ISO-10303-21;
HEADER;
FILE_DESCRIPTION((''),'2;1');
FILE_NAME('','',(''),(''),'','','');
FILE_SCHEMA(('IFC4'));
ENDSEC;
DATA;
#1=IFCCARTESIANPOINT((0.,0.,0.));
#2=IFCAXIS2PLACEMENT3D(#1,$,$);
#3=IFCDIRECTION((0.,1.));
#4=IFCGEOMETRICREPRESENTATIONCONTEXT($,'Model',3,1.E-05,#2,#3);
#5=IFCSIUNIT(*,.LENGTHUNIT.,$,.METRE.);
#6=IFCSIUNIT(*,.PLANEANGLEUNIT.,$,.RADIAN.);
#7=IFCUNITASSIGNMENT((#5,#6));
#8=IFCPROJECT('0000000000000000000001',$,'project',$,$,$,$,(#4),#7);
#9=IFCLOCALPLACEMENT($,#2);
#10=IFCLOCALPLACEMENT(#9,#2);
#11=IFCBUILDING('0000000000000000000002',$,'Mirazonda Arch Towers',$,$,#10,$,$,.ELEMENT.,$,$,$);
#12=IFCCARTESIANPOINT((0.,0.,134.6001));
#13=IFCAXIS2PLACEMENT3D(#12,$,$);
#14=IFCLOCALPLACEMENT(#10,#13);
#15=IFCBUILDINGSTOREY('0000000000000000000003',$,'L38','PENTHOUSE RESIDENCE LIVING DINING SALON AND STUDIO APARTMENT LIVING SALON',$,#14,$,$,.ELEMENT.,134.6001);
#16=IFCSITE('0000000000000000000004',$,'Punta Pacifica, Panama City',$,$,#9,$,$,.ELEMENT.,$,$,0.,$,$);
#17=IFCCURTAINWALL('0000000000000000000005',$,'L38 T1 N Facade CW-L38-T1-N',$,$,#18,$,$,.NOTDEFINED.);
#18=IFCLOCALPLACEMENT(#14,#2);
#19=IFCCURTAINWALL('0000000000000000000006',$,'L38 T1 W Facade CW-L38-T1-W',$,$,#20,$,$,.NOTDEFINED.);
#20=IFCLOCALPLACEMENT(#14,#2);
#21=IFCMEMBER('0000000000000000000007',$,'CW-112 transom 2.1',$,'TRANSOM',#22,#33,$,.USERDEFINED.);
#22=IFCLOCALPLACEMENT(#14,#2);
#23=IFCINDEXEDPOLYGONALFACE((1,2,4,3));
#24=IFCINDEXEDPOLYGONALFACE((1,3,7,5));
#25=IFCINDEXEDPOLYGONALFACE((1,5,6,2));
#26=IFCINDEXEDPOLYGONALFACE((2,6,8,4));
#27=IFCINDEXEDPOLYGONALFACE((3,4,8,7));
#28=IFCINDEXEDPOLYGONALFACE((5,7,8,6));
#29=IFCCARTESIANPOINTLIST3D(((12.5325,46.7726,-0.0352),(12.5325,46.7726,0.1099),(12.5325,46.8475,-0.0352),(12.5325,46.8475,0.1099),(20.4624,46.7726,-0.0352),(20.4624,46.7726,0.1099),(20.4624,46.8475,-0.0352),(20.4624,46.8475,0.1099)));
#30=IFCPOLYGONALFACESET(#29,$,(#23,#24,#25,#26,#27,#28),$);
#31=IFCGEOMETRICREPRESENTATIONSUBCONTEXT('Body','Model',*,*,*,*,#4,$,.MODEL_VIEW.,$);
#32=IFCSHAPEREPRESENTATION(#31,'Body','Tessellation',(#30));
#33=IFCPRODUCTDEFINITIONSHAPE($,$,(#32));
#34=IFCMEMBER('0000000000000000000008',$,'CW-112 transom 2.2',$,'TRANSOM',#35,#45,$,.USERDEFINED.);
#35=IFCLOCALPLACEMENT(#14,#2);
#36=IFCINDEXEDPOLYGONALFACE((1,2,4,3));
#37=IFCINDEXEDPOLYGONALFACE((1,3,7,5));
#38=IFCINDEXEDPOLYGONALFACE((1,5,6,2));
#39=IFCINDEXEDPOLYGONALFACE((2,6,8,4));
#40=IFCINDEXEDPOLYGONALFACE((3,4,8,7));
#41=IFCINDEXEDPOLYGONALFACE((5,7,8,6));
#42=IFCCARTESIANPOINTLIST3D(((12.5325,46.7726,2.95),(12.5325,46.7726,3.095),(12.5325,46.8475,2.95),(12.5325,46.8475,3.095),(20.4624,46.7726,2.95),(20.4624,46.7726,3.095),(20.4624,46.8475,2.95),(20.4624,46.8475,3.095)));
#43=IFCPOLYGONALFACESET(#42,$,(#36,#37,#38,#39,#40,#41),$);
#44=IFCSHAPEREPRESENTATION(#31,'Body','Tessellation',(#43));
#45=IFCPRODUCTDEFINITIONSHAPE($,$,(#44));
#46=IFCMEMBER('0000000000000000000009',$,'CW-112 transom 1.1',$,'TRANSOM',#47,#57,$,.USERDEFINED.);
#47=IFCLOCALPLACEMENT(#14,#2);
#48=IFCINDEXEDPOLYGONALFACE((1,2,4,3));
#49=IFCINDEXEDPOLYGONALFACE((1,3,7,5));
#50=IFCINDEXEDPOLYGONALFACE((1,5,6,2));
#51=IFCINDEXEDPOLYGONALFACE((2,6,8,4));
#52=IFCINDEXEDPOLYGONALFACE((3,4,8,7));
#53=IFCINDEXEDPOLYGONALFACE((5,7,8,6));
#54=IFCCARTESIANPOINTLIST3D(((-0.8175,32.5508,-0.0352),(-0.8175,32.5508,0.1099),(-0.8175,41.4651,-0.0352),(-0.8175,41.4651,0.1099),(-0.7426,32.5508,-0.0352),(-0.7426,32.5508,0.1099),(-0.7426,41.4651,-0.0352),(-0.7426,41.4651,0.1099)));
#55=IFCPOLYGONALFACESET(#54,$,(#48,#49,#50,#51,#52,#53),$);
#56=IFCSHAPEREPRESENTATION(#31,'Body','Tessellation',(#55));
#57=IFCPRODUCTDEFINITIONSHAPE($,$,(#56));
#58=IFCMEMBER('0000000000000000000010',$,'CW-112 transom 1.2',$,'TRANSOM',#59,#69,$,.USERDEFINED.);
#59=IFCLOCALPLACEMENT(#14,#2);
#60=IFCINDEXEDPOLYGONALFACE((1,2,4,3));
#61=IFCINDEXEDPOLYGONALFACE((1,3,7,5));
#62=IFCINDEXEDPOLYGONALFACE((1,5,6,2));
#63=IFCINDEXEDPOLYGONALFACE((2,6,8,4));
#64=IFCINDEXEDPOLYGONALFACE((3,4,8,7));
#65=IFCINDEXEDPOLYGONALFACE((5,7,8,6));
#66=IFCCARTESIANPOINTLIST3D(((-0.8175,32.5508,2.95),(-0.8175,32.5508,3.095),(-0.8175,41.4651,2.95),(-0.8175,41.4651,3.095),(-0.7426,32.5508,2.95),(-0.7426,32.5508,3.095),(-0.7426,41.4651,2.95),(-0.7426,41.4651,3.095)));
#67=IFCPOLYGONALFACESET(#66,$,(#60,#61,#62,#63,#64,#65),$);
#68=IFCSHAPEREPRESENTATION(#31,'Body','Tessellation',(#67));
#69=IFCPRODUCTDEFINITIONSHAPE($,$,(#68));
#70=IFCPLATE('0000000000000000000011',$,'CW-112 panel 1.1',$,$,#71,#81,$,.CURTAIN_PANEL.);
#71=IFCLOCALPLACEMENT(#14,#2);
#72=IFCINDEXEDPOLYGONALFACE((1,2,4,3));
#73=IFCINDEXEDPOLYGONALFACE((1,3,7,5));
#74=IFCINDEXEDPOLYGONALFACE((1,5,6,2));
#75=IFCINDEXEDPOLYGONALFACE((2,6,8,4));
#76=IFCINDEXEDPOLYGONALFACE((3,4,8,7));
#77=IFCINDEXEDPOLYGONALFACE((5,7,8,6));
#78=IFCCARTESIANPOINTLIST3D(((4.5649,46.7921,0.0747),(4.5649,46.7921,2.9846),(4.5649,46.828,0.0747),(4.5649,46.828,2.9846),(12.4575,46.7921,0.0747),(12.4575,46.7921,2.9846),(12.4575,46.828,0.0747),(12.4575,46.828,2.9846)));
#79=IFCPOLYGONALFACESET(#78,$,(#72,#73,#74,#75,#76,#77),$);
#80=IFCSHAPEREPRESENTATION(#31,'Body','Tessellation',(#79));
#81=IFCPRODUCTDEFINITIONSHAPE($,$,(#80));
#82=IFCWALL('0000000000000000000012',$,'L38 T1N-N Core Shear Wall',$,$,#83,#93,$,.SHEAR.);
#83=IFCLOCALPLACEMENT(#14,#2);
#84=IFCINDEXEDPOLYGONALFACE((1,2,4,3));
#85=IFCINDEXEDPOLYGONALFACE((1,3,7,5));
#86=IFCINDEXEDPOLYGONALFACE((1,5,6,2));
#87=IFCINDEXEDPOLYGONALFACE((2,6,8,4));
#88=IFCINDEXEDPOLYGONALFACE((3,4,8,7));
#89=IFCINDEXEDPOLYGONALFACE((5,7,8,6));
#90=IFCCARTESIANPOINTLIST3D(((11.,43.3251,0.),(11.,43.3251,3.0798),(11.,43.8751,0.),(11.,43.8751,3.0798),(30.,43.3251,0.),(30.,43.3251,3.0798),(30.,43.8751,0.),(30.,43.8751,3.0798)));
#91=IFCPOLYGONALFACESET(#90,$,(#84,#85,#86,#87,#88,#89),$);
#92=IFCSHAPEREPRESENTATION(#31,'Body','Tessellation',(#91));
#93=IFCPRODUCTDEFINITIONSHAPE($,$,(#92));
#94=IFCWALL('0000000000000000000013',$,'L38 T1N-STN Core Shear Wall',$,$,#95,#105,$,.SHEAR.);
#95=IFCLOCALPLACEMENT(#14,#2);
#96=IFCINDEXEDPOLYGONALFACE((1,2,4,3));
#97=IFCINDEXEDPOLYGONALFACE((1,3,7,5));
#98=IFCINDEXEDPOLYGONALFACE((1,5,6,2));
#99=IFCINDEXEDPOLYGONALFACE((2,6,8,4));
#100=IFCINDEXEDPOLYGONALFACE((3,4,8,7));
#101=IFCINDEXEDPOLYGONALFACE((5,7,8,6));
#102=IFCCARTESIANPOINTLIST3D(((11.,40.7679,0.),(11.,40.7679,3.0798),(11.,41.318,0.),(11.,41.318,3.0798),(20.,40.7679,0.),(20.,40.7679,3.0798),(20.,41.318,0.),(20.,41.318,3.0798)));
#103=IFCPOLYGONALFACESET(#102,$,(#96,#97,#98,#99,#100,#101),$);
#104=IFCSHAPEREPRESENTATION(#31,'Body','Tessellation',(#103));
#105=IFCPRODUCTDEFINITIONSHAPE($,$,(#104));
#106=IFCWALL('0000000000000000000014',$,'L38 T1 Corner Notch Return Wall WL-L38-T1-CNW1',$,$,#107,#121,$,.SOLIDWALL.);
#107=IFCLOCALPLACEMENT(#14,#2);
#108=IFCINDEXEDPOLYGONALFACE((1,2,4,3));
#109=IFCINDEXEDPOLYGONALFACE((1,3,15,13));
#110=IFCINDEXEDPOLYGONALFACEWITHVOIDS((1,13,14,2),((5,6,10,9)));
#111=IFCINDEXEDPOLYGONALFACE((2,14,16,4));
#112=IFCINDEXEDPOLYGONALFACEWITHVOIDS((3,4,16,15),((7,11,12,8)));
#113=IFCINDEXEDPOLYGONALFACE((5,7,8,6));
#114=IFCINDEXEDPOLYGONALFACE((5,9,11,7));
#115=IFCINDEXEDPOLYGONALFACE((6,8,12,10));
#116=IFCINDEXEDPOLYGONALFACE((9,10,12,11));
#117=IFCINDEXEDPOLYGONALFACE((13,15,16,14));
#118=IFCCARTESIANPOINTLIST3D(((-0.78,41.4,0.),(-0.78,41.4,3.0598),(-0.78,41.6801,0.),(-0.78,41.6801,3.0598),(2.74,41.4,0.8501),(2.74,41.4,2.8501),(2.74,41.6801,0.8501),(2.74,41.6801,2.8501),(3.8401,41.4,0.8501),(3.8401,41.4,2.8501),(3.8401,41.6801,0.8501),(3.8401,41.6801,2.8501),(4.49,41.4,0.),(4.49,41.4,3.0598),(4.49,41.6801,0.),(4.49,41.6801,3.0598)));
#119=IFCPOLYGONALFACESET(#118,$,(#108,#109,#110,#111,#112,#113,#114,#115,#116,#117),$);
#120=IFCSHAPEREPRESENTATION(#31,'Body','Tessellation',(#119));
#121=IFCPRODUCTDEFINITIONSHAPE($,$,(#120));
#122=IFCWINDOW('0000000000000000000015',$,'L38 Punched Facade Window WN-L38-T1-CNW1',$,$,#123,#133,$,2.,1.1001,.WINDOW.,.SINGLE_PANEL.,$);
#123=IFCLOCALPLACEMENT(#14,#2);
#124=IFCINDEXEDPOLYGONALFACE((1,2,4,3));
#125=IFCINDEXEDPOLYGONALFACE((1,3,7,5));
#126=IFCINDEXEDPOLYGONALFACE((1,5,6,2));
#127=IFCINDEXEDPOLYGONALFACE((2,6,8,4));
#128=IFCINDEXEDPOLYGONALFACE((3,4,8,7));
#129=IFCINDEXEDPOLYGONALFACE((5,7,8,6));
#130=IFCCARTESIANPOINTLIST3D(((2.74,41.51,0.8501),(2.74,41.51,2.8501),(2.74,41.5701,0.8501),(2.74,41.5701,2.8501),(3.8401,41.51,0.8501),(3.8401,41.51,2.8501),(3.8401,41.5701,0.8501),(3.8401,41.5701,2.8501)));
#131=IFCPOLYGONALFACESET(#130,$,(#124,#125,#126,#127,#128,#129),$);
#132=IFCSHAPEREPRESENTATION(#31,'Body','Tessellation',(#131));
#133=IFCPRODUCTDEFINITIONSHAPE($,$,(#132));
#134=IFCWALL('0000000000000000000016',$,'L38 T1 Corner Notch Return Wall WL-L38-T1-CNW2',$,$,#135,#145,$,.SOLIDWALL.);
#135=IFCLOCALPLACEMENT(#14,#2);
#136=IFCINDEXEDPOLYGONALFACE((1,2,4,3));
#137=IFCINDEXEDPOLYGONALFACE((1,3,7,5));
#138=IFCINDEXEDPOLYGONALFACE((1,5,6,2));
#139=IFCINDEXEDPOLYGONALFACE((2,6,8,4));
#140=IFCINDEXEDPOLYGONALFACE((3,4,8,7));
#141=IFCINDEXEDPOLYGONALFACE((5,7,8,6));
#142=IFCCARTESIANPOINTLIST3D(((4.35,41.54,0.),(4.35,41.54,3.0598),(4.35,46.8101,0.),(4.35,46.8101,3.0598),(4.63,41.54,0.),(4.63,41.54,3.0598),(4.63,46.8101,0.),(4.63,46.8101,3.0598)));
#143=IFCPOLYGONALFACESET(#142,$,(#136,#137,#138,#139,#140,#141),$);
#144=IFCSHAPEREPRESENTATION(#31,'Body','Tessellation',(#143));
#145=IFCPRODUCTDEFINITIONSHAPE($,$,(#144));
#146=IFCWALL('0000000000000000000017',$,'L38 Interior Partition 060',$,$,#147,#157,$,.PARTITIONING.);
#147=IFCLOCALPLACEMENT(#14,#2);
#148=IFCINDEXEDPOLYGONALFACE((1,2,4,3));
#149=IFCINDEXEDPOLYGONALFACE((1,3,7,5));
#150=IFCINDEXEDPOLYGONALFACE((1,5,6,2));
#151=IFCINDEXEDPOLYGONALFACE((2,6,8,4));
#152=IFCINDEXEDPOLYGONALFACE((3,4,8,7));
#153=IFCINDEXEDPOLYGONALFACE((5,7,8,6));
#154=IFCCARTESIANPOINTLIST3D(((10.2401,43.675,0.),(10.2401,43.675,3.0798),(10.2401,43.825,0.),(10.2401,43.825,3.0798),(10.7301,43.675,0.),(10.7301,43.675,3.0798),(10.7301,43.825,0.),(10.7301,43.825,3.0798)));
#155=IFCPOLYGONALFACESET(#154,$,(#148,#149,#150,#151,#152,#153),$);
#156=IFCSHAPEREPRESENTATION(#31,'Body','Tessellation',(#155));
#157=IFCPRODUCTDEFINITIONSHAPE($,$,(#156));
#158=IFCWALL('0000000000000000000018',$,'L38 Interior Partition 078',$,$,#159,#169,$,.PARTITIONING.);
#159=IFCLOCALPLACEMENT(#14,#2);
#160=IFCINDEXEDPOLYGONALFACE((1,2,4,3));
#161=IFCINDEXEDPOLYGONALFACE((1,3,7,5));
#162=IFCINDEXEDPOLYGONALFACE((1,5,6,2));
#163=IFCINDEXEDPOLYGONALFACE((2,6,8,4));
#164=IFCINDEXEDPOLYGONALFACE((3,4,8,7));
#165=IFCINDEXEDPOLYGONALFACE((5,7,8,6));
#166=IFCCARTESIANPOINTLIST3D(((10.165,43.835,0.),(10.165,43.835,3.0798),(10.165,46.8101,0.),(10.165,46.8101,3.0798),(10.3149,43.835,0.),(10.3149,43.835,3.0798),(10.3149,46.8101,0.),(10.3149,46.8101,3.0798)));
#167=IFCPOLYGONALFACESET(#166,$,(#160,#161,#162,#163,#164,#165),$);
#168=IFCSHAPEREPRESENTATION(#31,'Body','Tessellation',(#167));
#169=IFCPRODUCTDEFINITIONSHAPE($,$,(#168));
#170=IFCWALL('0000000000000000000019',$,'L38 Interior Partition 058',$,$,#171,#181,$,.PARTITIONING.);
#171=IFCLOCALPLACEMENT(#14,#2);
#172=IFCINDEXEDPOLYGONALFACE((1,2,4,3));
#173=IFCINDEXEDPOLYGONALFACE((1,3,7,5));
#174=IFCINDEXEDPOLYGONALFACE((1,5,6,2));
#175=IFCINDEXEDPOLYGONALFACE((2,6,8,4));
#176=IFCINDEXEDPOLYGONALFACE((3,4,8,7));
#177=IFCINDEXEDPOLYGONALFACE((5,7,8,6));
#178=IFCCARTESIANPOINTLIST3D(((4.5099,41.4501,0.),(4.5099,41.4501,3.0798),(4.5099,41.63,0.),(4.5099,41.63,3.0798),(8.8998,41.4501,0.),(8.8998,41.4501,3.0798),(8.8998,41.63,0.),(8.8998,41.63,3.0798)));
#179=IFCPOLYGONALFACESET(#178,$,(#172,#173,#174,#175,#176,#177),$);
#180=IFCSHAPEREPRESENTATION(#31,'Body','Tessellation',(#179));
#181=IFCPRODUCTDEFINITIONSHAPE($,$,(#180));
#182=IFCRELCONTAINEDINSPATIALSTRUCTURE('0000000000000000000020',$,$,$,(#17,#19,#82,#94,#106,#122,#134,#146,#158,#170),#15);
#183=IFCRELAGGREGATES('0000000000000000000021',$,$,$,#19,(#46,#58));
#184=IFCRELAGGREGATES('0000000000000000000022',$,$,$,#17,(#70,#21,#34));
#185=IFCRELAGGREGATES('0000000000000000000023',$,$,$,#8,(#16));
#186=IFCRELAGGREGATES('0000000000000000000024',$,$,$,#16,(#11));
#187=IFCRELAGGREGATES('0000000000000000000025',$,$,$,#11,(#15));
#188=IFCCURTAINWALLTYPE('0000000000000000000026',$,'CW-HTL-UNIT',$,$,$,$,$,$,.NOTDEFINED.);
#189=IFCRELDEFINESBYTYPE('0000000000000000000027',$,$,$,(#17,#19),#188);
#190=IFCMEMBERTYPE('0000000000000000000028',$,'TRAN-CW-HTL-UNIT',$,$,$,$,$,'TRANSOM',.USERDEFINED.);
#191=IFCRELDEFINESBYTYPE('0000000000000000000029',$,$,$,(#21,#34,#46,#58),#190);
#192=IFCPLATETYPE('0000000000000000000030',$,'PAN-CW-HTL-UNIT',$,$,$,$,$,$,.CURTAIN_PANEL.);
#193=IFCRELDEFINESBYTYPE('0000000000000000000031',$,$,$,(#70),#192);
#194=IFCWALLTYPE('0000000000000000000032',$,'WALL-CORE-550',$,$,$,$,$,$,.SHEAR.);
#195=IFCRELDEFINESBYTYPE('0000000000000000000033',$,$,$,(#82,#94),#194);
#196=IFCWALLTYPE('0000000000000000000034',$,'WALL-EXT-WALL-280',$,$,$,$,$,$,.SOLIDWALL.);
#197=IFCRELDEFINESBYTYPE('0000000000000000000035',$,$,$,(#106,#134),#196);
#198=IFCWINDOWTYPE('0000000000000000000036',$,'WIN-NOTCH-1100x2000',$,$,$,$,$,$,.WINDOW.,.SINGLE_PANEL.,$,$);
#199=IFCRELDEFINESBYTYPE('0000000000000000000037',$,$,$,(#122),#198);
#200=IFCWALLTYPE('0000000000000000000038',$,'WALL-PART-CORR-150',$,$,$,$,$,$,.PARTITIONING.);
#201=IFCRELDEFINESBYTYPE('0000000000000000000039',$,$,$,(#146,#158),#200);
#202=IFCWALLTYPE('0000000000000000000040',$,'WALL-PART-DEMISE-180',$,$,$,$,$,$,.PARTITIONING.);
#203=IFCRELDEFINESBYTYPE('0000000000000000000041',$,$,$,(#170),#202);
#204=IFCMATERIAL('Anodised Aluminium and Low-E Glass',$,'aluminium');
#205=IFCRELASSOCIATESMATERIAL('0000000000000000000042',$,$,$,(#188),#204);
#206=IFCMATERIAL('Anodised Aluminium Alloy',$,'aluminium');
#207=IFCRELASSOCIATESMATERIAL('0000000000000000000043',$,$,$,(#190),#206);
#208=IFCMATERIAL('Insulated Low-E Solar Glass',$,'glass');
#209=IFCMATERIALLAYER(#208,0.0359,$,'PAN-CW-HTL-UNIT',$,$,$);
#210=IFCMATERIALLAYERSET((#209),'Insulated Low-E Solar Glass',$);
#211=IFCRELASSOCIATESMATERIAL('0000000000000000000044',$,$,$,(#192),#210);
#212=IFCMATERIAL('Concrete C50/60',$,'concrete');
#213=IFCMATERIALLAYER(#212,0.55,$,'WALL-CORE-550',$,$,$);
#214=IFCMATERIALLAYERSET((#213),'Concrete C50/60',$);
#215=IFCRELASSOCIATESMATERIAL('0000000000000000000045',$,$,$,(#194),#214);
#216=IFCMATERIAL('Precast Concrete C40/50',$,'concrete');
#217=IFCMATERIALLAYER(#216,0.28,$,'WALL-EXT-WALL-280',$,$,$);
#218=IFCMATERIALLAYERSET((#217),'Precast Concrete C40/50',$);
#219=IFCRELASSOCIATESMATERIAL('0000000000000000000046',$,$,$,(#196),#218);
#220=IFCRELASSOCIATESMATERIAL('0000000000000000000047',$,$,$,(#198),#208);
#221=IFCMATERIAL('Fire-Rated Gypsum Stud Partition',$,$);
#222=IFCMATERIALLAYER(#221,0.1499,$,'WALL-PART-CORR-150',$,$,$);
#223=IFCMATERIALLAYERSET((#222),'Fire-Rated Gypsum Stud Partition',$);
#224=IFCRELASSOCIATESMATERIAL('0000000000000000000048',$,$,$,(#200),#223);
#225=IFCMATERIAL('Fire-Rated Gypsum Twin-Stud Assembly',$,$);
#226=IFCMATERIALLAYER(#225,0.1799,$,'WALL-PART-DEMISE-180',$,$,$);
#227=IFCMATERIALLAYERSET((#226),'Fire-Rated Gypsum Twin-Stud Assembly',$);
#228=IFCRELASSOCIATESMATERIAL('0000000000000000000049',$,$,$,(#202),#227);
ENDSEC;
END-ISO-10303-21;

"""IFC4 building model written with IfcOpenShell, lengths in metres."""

from ifc_helpers import new_model, si_unit, direction, frame, frame_2d, origin, origin_2d, place, context, subcontext, project, spatial, rectangle, extrude, material, layer, layer_set, material_profile, profile_set, type_object, element, fill, aggregate, save


model = new_model("IFC4")

# Units and contexts
model_context = context("Model", 3, precision=1e-05, world=origin(), true_north=direction((0.0, 1.0)))
body_context = subcontext(model_context, "Body", "Model", "MODEL_VIEW")
ifc_project = project(units=[si_unit("LENGTHUNIT", "METRE"), si_unit("PLANEANGLEUNIT", "RADIAN")], contexts=[model_context])

# Site, building, storey
site_placement = place(None, origin())
site = spatial("IfcSite", under=ifc_project, at=site_placement, Name="Punta Pacifica, Panama City", CompositionType="ELEMENT", RefElevation=0.0)
building_placement = place(site_placement, origin())
building = spatial("IfcBuilding", under=site, at=building_placement, Name="Mirazonda Arch Towers", CompositionType="ELEMENT")
storey_placement = place(building_placement, frame((0.0, 0.0, 134.6001)))
storey = spatial("IfcBuildingStorey", under=building, at=storey_placement, Name="L38", Description="PENTHOUSE RESIDENCE LIVING DINING SALON AND STUDIO APARTMENT LIVING SALON", CompositionType="ELEMENT", Elevation=134.6001)

# Shared definitions
ifc_material_1 = material(Name="Concrete C50/60", Category="concrete")

# Curtain wall
ifc_material_2 = material(Name="Anodised Aluminium and Low-E Glass", Category="aluminium")
curtain_wall_type = type_object("IfcCurtainWallType", Name="CW-HTL-UNIT", PredefinedType="NOTDEFINED", material=ifc_material_2)
curtain_wall_1_placement = place(storey_placement, origin())
curtain_wall_1 = element("IfcCurtainWall", 1, at=curtain_wall_1_placement, inside=storey, type_object=curtain_wall_type, Name="L38 T1 N Facade CW-L38-T1-N", PredefinedType="NOTDEFINED")
ifc_material_3 = material(Name="Anodised Aluminium Alloy", Category="aluminium")

# Curtain wall
curtain_wall_2_placement = place(storey_placement, origin())
curtain_wall_2 = element("IfcCurtainWall", 2, at=curtain_wall_2_placement, inside=storey, type_object=curtain_wall_type, Name="L38 T1 W Facade CW-L38-T1-W", PredefinedType="NOTDEFINED")

# Members
ifc_material_profile_1 = material_profile(ifc_material_3, rectangle(XDim=0.075, YDim=0.145, at=origin_2d()), Name="ALU-TRAN-75x145")
ifc_profile_set_1 = profile_set([ifc_material_profile_1], Name="Anodised Aluminium Alloy")
member_type_1 = type_object("IfcMemberType", Name="TRAN-CW-HTL-UNIT", ElementType="TRANSOM", PredefinedType="USERDEFINED", material=ifc_profile_set_1)
member_1_placement = place(storey_placement, frame((12.5325, 46.8101, 0.0374), z_axis=(1.0, 0.0, 0.0), x_axis=(0.0, 1.0, 0.0)))
member_1 = element("IfcMember", 3, at=member_1_placement, type_object=member_type_1, Name="CW-112 transom 2.1", ObjectType="TRANSOM", PredefinedType="USERDEFINED", context=body_context, shape_type="SweptSolid", body=[
    extrude(rectangle(XDim=0.075, YDim=0.145, at=origin_2d()), origin(), (0.0, 0.0, 1.0), 7.9299),
])
member_2_placement = place(storey_placement, frame((12.5325, 46.8101, 3.0225), z_axis=(1.0, 0.0, 0.0), x_axis=(0.0, 1.0, 0.0)))
member_2 = element("IfcMember", 4, at=member_2_placement, type_object=member_type_1, Name="CW-112 transom 2.2", ObjectType="TRANSOM", PredefinedType="USERDEFINED", context=body_context, shape_type="SweptSolid", body=[
    extrude(rectangle(XDim=0.075, YDim=0.145, at=origin_2d()), origin(), (0.0, 0.0, 1.0), 7.9299),
])
member_3_placement = place(storey_placement, frame((-0.78, 41.4651, 0.0374), z_axis=(0.0, -1.0, 0.0), x_axis=(1.0, 0.0, 0.0)))
member_3 = element("IfcMember", 5, at=member_3_placement, type_object=member_type_1, Name="CW-112 transom 1.1", ObjectType="TRANSOM", PredefinedType="USERDEFINED", context=body_context, shape_type="SweptSolid", body=[
    extrude(rectangle(XDim=0.075, YDim=0.145, at=origin_2d()), origin(), (0.0, 0.0, 1.0), 8.9143),
])
member_4_placement = place(storey_placement, frame((-0.78, 41.4651, 3.0225), z_axis=(0.0, -1.0, 0.0), x_axis=(1.0, 0.0, 0.0)))
member_4 = element("IfcMember", 6, at=member_4_placement, type_object=member_type_1, Name="CW-112 transom 1.2", ObjectType="TRANSOM", PredefinedType="USERDEFINED", context=body_context, shape_type="SweptSolid", body=[
    extrude(rectangle(XDim=0.075, YDim=0.145, at=origin_2d()), origin(), (0.0, 0.0, 1.0), 8.9143),
])
aggregate(curtain_wall_2, [member_3, member_4])

# Plate
ifc_material_4 = material(Name="Insulated Low-E Solar Glass", Category="glass")
ifc_layer_1 = layer(ifc_material_4, 0.0359, Name="PAN-CW-HTL-UNIT")
ifc_layer_set_1 = layer_set([ifc_layer_1], Name="Insulated Low-E Solar Glass")
plate_type = type_object("IfcPlateType", Name="PAN-CW-HTL-UNIT", PredefinedType="CURTAIN_PANEL", material=ifc_layer_set_1)
plate_placement = place(storey_placement, frame((8.5112, 46.8101, 0.0747), z_axis=(0.0, 0.0, 1.0), x_axis=(1.0, 0.0, 0.0)))
plate = element("IfcPlate", 7, at=plate_placement, type_object=plate_type, Name="CW-112 panel 1.1", PredefinedType="CURTAIN_PANEL", context=body_context, shape_type="SweptSolid", body=[
    extrude(rectangle(XDim=7.8926, YDim=0.0359, at=origin_2d()), origin(), (0.0, 0.0, 1.0), 2.9099),
])
aggregate(curtain_wall_1, [plate, member_1, member_2])

# Walls
ifc_layer_2 = layer(ifc_material_1, 0.55, Name="WALL-CORE-550")
ifc_layer_set_2 = layer_set([ifc_layer_2], Name="Concrete C50/60")
wall_type_1 = type_object("IfcWallType", Name="WALL-CORE-550", PredefinedType="SHEAR", material=ifc_layer_set_2)
wall_1_placement = place(storey_placement, frame((11.0, 43.6001, 0.0), z_axis=(0.0, 0.0, 1.0), x_axis=(1.0, 0.0, 0.0)))
element("IfcWall", 8, at=wall_1_placement, inside=storey, type_object=wall_type_1, Name="L38 T1N-N Core Shear Wall", PredefinedType="SHEAR", context=body_context, shape_type="SweptSolid", body=[
    extrude(rectangle(XDim=19.0, YDim=0.55, at=frame_2d((9.5, 0.0))), origin(), (0.0, 0.0, 1.0), 3.0798),
])
wall_2_placement = place(storey_placement, frame((11.0, 41.043, 0.0), z_axis=(0.0, 0.0, 1.0), x_axis=(1.0, 0.0, 0.0)))
element("IfcWall", 9, at=wall_2_placement, inside=storey, type_object=wall_type_1, Name="L38 T1N-STN Core Shear Wall", PredefinedType="SHEAR", context=body_context, shape_type="SweptSolid", body=[
    extrude(rectangle(XDim=9.0, YDim=0.55, at=frame_2d((4.5, 0.0))), origin(), (0.0, 0.0, 1.0), 3.0798),
])

# Wall, opening, window
ifc_material_5 = material(Name="Precast Concrete C40/50", Category="concrete")
ifc_layer_3 = layer(ifc_material_5, 0.28, Name="WALL-EXT-WALL-280")
ifc_layer_set_3 = layer_set([ifc_layer_3], Name="Precast Concrete C40/50")
wall_type_2 = type_object("IfcWallType", Name="WALL-EXT-WALL-280", PredefinedType="SOLIDWALL", material=ifc_layer_set_3)
wall_3_placement = place(storey_placement, frame((4.49, 41.54, 0.0), z_axis=(0.0, 0.0, 1.0), x_axis=(-1.0, 0.0, 0.0)))
wall_3 = element("IfcWall", 10, at=wall_3_placement, inside=storey, type_object=wall_type_2, Name="L38 T1 Corner Notch Return Wall WL-L38-T1-CNW1", PredefinedType="SOLIDWALL", context=body_context, shape_type="SweptSolid", body=[
    extrude(rectangle(XDim=5.27, YDim=0.28, at=frame_2d((2.635, 0.0))), origin(), (0.0, 0.0, 1.0), 3.0598),
])
opening_1_placement = place(wall_3_placement, frame((0.6499, 0.0, 0.8501)))
opening_1 = element("IfcOpeningElement", 11, at=opening_1_placement, cuts=wall_3, PredefinedType="OPENING", context=body_context, shape_type="SweptSolid", body=[
    extrude(rectangle(XDim=1.1001, YDim=2.0, at=frame_2d((0.55, 1.0))), frame((0.0, 0.1499, 0.0), z_axis=(0.0, -1.0, 0.0), x_axis=(1.0, 0.0, 0.0)), (0.0, 0.0, 1.0), 0.3),
])
window_type = type_object("IfcWindowType", Name="WIN-NOTCH-1100x2000", PartitioningType="SINGLE_PANEL", PredefinedType="WINDOW", material=ifc_material_4)
window_placement = place(opening_1_placement, origin())
window = element("IfcWindow", 12, at=window_placement, inside=storey, type_object=window_type, Name="L38 Punched Facade Window WN-L38-T1-CNW1", OverallHeight=2.0, OverallWidth=1.1001, PartitioningType="SINGLE_PANEL", PredefinedType="WINDOW", context=body_context, shape_type="SweptSolid", body=[
    extrude(rectangle(XDim=1.1001, YDim=2.0, at=frame_2d((0.55, 1.0))), frame((0.0, 0.03, 0.0), z_axis=(0.0, -1.0, 0.0), x_axis=(1.0, 0.0, 0.0)), (0.0, 0.0, 1.0), 0.0601),
])
fill(opening_1, window)

# Walls
wall_4_placement = place(storey_placement, frame((4.49, 46.8101, 0.0), z_axis=(0.0, 0.0, 1.0), x_axis=(0.0, -1.0, 0.0)))
element("IfcWall", 13, at=wall_4_placement, inside=storey, type_object=wall_type_2, Name="L38 T1 Corner Notch Return Wall WL-L38-T1-CNW2", PredefinedType="SOLIDWALL", context=body_context, shape_type="SweptSolid", body=[
    extrude(rectangle(XDim=5.27, YDim=0.28, at=frame_2d((2.635, 0.0))), origin(), (0.0, 0.0, 1.0), 3.0598),
])
ifc_material_6 = material(Name="Fire-Rated Gypsum Stud Partition")
ifc_layer_4 = layer(ifc_material_6, 0.1499, Name="WALL-PART-CORR-150")
ifc_layer_set_4 = layer_set([ifc_layer_4], Name="Fire-Rated Gypsum Stud Partition")
wall_type_3 = type_object("IfcWallType", Name="WALL-PART-CORR-150", PredefinedType="PARTITIONING", material=ifc_layer_set_4)
wall_5_placement = place(storey_placement, frame((10.24, 43.75, 0.0), z_axis=(0.0, 0.0, 1.0), x_axis=(1.0, 0.0, 0.0)))
element("IfcWall", 14, at=wall_5_placement, inside=storey, type_object=wall_type_3, Name="L38 Interior Partition 060", PredefinedType="PARTITIONING", context=body_context, shape_type="SweptSolid", body=[
    extrude(rectangle(XDim=0.49, YDim=0.1499, at=frame_2d((0.2451, 0.0))), origin(), (0.0, 0.0, 1.0), 3.0798),
])
wall_6_placement = place(storey_placement, frame((10.24, 43.835, 0.0), z_axis=(0.0, 0.0, 1.0), x_axis=(0.0, 1.0, 0.0)))
element("IfcWall", 15, at=wall_6_placement, inside=storey, type_object=wall_type_3, Name="L38 Interior Partition 078", PredefinedType="PARTITIONING", context=body_context, shape_type="SweptSolid", body=[
    extrude(rectangle(XDim=2.9751, YDim=0.1499, at=frame_2d((1.4875, 0.0))), origin(), (0.0, 0.0, 1.0), 3.0798),
])
ifc_material_7 = material(Name="Fire-Rated Gypsum Twin-Stud Assembly")
ifc_layer_5 = layer(ifc_material_7, 0.1799, Name="WALL-PART-DEMISE-180")
ifc_layer_set_5 = layer_set([ifc_layer_5], Name="Fire-Rated Gypsum Twin-Stud Assembly")
wall_type_4 = type_object("IfcWallType", Name="WALL-PART-DEMISE-180", PredefinedType="PARTITIONING", material=ifc_layer_set_5)
wall_7_placement = place(storey_placement, frame((4.51, 41.54, 0.0), z_axis=(0.0, 0.0, 1.0), x_axis=(1.0, 0.0, 0.0)))
element("IfcWall", 16, at=wall_7_placement, inside=storey, type_object=wall_type_4, Name="L38 Interior Partition 058", PredefinedType="PARTITIONING", context=body_context, shape_type="SweptSolid", body=[
    extrude(rectangle(XDim=4.3899, YDim=0.1799, at=frame_2d((2.1948, 0.0))), origin(), (0.0, 0.0, 1.0), 3.0798),
])

save(model, "model.ifc")
